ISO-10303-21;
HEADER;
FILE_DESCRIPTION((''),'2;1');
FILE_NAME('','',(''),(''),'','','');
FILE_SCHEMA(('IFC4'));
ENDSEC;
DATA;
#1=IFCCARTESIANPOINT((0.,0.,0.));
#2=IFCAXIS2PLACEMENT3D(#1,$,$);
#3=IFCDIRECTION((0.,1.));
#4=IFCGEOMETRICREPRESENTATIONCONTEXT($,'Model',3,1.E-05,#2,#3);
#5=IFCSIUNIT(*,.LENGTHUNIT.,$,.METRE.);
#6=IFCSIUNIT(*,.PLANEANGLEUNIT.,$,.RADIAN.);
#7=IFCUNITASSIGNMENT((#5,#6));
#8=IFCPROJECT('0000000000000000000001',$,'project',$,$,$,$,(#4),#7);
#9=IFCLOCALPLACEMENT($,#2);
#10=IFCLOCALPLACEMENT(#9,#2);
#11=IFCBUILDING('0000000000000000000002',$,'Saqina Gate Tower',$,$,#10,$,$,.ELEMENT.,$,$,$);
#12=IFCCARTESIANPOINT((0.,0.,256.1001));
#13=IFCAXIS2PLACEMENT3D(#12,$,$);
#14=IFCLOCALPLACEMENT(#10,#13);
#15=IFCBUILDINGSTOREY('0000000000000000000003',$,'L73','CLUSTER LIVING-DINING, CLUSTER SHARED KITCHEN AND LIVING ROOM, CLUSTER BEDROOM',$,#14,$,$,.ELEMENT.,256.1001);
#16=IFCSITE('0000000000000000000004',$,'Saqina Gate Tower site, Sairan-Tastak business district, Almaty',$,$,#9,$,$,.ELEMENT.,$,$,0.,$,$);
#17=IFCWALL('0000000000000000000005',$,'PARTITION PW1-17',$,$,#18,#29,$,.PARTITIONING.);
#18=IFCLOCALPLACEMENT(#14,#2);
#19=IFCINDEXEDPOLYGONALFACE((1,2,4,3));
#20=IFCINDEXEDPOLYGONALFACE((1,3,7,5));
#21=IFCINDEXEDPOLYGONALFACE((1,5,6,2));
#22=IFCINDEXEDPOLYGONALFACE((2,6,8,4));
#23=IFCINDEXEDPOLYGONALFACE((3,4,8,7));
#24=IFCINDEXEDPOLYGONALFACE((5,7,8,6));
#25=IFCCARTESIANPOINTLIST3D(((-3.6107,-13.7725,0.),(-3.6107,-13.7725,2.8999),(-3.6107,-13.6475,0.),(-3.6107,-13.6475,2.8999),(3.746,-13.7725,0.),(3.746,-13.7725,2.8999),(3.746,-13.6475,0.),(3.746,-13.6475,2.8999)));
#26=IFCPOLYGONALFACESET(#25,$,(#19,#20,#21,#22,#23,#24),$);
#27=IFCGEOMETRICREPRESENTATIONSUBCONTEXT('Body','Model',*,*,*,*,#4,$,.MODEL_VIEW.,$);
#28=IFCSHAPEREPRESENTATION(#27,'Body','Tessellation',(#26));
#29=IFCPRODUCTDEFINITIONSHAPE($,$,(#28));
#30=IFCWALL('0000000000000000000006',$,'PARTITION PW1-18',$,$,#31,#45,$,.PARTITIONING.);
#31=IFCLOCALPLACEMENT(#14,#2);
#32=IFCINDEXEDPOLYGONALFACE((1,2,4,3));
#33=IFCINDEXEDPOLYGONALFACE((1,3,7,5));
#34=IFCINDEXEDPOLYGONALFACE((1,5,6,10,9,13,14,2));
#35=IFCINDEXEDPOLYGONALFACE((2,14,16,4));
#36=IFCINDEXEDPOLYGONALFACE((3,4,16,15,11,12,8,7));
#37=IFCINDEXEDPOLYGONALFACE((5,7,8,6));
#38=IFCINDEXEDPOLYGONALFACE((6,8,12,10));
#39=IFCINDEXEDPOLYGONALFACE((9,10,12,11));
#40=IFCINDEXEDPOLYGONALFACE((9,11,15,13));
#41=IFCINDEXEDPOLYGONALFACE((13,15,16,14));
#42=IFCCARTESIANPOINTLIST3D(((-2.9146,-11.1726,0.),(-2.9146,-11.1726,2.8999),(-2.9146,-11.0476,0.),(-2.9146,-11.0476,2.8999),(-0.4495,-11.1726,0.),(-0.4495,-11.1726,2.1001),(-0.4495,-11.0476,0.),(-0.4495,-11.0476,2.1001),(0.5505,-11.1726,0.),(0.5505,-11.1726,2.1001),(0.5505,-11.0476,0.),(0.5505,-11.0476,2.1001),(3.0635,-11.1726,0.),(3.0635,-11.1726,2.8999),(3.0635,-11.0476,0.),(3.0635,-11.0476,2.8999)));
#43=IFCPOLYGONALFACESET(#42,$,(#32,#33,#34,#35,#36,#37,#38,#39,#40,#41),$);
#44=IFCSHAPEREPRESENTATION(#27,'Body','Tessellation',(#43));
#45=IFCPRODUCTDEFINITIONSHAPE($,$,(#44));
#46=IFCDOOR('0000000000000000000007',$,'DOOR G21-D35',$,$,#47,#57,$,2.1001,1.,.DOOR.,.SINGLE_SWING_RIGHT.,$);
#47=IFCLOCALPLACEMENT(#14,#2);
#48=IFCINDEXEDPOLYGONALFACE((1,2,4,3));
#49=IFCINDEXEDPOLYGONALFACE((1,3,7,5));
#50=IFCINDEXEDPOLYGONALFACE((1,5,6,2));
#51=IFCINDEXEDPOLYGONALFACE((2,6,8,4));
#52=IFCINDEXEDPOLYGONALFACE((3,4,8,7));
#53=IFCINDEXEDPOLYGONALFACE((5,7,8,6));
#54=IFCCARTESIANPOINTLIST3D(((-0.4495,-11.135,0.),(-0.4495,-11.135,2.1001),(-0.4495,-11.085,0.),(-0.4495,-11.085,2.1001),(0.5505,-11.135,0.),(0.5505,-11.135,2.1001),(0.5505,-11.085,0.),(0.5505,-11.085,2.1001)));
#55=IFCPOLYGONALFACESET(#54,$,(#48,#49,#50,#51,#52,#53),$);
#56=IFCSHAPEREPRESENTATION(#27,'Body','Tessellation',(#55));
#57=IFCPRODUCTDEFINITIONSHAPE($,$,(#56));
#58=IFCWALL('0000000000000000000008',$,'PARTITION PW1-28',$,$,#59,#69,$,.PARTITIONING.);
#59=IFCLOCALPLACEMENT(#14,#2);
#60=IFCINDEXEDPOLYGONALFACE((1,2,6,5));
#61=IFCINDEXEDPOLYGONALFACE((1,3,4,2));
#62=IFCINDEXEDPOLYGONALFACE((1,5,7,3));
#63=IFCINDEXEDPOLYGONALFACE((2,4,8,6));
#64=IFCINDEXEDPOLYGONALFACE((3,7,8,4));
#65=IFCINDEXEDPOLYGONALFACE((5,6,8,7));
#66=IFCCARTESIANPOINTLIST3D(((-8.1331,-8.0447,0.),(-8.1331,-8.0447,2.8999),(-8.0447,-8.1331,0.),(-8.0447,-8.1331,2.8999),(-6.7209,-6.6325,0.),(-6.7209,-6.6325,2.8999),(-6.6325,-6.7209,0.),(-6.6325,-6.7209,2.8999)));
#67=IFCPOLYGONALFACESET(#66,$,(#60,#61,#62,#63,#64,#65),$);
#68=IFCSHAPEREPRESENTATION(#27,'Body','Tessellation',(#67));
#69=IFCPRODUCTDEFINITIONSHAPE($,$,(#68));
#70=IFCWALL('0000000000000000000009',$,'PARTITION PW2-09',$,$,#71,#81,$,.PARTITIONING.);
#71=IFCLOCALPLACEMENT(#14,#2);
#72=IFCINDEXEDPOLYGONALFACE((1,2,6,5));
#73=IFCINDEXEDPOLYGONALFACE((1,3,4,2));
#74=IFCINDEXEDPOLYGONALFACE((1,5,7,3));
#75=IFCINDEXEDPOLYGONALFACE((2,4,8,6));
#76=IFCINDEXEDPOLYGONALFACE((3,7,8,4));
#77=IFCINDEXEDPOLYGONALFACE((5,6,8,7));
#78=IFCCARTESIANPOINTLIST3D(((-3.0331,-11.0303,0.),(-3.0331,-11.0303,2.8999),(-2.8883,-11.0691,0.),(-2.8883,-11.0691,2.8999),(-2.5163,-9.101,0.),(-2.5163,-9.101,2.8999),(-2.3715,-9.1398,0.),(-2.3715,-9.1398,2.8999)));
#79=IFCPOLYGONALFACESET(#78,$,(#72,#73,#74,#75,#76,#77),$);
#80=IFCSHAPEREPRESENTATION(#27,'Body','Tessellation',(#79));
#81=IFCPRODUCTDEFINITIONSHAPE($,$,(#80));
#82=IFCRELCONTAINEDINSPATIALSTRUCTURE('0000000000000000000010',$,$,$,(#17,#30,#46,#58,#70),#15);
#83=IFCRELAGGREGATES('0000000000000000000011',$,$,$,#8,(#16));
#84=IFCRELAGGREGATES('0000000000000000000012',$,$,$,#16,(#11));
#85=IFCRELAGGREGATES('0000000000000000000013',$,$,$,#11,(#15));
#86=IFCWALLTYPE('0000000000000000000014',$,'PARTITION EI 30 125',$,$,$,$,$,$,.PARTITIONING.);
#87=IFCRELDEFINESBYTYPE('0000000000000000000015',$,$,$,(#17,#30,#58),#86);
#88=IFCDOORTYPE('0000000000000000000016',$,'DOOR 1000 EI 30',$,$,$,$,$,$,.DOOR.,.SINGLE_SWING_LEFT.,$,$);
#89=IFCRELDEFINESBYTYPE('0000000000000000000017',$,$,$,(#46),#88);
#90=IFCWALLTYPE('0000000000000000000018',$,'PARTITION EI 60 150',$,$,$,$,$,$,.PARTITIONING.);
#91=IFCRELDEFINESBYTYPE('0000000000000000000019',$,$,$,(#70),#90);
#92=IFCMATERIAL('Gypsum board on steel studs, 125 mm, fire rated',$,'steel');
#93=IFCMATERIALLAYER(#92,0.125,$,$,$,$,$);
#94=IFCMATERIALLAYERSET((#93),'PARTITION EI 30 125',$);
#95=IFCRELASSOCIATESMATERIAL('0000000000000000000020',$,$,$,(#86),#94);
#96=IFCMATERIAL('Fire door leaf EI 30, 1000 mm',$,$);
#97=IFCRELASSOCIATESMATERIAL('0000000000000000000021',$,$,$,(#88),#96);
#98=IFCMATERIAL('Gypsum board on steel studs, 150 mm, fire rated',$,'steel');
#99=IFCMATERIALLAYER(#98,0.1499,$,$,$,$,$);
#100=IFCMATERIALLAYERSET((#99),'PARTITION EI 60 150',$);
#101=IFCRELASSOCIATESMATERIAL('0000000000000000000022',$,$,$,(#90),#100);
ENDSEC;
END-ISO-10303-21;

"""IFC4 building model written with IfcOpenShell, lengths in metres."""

from ifc_helpers import new_model, si_unit, direction, frame, frame_2d, origin, place, context, subcontext, project, spatial, rectangle, extrude, material, layer, layer_set, type_object, element, fill, save


model = new_model("IFC4")

# Units and contexts
model_context = context("Model", 3, precision=1e-05, world=origin(), true_north=direction((0.0, 1.0)))
body_context = subcontext(model_context, "Body", "Model", "MODEL_VIEW")
ifc_project = project(units=[si_unit("LENGTHUNIT", "METRE"), si_unit("PLANEANGLEUNIT", "RADIAN")], contexts=[model_context])

# Site, building, storey
site_placement = place(None, origin())
site = spatial("IfcSite", under=ifc_project, at=site_placement, Name="Saqina Gate Tower site, Sairan-Tastak business district, Almaty", CompositionType="ELEMENT", RefElevation=0.0)
building_placement = place(site_placement, origin())
building = spatial("IfcBuilding", under=site, at=building_placement, Name="Saqina Gate Tower", CompositionType="ELEMENT")
storey_placement = place(building_placement, frame((0.0, 0.0, 256.1001)))
storey = spatial("IfcBuildingStorey", under=building, at=storey_placement, Name="L73", Description="CLUSTER LIVING-DINING, CLUSTER SHARED KITCHEN AND LIVING ROOM, CLUSTER BEDROOM", CompositionType="ELEMENT", Elevation=256.1001)

# Shared definitions
ifc_material_1 = material(Name="Gypsum board on steel studs, 125 mm, fire rated", Category="steel")
ifc_layer_1 = layer(ifc_material_1, 0.125)
ifc_layer_set_1 = layer_set([ifc_layer_1], Name="PARTITION EI 30 125")
wall_type_1 = type_object("IfcWallType", Name="PARTITION EI 30 125", PredefinedType="PARTITIONING", material=ifc_layer_set_1)

# Shared definitions
ifc_material_2 = material(Name="Fire door leaf EI 30, 1000 mm")
door_type_1 = type_object("IfcDoorType", Name="DOOR 1000 EI 30", OperationType="SINGLE_SWING_LEFT", PredefinedType="DOOR", material=ifc_material_2)

# Wall
wall_1_placement = place(storey_placement, frame((-3.6106, -13.71, 0.0), z_axis=(0.0, 0.0, 1.0), x_axis=(1.0, 0.0, 0.0)))
element("IfcWall", 1, at=wall_1_placement, inside=storey, type_object=wall_type_1, Name="PARTITION PW1-17", PredefinedType="PARTITIONING", context=body_context, shape_type="SweptSolid", body=[
    extrude(rectangle(XDim=7.3567, YDim=0.125, at=frame_2d((3.6782, 0.0))), origin(), (0.0, 0.0, 1.0), 2.8999),
])

# Wall, opening, door
wall_2_placement = place(storey_placement, frame((-2.9146, -11.1101, 0.0), z_axis=(0.0, 0.0, 1.0), x_axis=(1.0, 0.0, 0.0)))
wall_2 = element("IfcWall", 2, at=wall_2_placement, inside=storey, type_object=wall_type_1, Name="PARTITION PW1-18", PredefinedType="PARTITIONING", context=body_context, shape_type="SweptSolid", body=[
    extrude(rectangle(XDim=5.978, YDim=0.125, at=frame_2d((2.989, 0.0))), origin(), (0.0, 0.0, 1.0), 2.8999),
])
opening_1_placement = place(wall_2_placement, frame((2.4651, 0.0, 0.0)))
opening_1 = element("IfcOpeningElement", 3, at=opening_1_placement, cuts=wall_2, PredefinedType="OPENING", context=body_context, shape_type="SweptSolid", body=[
    extrude(rectangle(XDim=1.0, YDim=2.1001, at=frame_2d((0.5, 1.05))), frame((0.0, 0.0745, 0.0), z_axis=(0.0, -1.0, 0.0), x_axis=(1.0, 0.0, 0.0)), (0.0, 0.0, 1.0), 0.1489),
])
door_1_placement = place(opening_1_placement, frame((1.0, 0.0, 0.0), z_axis=(0.0, 0.0, 1.0), x_axis=(-1.0, 0.0, 0.0)))
door_1 = element("IfcDoor", 4, at=door_1_placement, inside=storey, type_object=door_type_1, Name="DOOR G21-D35", OperationType="SINGLE_SWING_RIGHT", OverallHeight=2.1001, OverallWidth=1.0, PredefinedType="DOOR", context=body_context, shape_type="SweptSolid", body=[
    extrude(rectangle(XDim=1.0, YDim=2.1001, at=frame_2d((0.5, 1.05))), frame((0.0, 0.0249, 0.0), z_axis=(0.0, -1.0, 0.0), x_axis=(1.0, 0.0, 0.0)), (0.0, 0.0, 1.0), 0.05),
])
fill(opening_1, door_1)

# Walls
wall_3_placement = place(storey_placement, frame((-8.0889, -8.0889, 0.0), z_axis=(0.0, 0.0, 1.0), x_axis=(0.707107, 0.707107, 0.0)))
element("IfcWall", 5, at=wall_3_placement, inside=storey, type_object=wall_type_1, Name="PARTITION PW1-28", PredefinedType="PARTITIONING", context=body_context, shape_type="SweptSolid", body=[
    extrude(rectangle(XDim=1.9971, YDim=0.125, at=frame_2d((0.9985, 0.0))), origin(), (0.0, 0.0, 1.0), 2.8999),
])
ifc_material_3 = material(Name="Gypsum board on steel studs, 150 mm, fire rated", Category="steel")
ifc_layer_2 = layer(ifc_material_3, 0.1499)
ifc_layer_set_2 = layer_set([ifc_layer_2], Name="PARTITION EI 60 150")
wall_type_2 = type_object("IfcWallType", Name="PARTITION EI 60 150", PredefinedType="PARTITIONING", material=ifc_layer_set_2)
wall_4_placement = place(storey_placement, frame((-2.9607, -11.0496, 0.0), z_axis=(0.0, 0.0, 1.0), x_axis=(0.258781, 0.965936, 0.0)))
element("IfcWall", 6, at=wall_4_placement, inside=storey, type_object=wall_type_2, Name="PARTITION PW2-09", PredefinedType="PARTITIONING", context=body_context, shape_type="SweptSolid", body=[
    extrude(rectangle(XDim=1.9973, YDim=0.1499, at=frame_2d((0.9985, 0.0))), origin(), (0.0, 0.0, 1.0), 2.8999),
])

save(model, "model.ifc")
